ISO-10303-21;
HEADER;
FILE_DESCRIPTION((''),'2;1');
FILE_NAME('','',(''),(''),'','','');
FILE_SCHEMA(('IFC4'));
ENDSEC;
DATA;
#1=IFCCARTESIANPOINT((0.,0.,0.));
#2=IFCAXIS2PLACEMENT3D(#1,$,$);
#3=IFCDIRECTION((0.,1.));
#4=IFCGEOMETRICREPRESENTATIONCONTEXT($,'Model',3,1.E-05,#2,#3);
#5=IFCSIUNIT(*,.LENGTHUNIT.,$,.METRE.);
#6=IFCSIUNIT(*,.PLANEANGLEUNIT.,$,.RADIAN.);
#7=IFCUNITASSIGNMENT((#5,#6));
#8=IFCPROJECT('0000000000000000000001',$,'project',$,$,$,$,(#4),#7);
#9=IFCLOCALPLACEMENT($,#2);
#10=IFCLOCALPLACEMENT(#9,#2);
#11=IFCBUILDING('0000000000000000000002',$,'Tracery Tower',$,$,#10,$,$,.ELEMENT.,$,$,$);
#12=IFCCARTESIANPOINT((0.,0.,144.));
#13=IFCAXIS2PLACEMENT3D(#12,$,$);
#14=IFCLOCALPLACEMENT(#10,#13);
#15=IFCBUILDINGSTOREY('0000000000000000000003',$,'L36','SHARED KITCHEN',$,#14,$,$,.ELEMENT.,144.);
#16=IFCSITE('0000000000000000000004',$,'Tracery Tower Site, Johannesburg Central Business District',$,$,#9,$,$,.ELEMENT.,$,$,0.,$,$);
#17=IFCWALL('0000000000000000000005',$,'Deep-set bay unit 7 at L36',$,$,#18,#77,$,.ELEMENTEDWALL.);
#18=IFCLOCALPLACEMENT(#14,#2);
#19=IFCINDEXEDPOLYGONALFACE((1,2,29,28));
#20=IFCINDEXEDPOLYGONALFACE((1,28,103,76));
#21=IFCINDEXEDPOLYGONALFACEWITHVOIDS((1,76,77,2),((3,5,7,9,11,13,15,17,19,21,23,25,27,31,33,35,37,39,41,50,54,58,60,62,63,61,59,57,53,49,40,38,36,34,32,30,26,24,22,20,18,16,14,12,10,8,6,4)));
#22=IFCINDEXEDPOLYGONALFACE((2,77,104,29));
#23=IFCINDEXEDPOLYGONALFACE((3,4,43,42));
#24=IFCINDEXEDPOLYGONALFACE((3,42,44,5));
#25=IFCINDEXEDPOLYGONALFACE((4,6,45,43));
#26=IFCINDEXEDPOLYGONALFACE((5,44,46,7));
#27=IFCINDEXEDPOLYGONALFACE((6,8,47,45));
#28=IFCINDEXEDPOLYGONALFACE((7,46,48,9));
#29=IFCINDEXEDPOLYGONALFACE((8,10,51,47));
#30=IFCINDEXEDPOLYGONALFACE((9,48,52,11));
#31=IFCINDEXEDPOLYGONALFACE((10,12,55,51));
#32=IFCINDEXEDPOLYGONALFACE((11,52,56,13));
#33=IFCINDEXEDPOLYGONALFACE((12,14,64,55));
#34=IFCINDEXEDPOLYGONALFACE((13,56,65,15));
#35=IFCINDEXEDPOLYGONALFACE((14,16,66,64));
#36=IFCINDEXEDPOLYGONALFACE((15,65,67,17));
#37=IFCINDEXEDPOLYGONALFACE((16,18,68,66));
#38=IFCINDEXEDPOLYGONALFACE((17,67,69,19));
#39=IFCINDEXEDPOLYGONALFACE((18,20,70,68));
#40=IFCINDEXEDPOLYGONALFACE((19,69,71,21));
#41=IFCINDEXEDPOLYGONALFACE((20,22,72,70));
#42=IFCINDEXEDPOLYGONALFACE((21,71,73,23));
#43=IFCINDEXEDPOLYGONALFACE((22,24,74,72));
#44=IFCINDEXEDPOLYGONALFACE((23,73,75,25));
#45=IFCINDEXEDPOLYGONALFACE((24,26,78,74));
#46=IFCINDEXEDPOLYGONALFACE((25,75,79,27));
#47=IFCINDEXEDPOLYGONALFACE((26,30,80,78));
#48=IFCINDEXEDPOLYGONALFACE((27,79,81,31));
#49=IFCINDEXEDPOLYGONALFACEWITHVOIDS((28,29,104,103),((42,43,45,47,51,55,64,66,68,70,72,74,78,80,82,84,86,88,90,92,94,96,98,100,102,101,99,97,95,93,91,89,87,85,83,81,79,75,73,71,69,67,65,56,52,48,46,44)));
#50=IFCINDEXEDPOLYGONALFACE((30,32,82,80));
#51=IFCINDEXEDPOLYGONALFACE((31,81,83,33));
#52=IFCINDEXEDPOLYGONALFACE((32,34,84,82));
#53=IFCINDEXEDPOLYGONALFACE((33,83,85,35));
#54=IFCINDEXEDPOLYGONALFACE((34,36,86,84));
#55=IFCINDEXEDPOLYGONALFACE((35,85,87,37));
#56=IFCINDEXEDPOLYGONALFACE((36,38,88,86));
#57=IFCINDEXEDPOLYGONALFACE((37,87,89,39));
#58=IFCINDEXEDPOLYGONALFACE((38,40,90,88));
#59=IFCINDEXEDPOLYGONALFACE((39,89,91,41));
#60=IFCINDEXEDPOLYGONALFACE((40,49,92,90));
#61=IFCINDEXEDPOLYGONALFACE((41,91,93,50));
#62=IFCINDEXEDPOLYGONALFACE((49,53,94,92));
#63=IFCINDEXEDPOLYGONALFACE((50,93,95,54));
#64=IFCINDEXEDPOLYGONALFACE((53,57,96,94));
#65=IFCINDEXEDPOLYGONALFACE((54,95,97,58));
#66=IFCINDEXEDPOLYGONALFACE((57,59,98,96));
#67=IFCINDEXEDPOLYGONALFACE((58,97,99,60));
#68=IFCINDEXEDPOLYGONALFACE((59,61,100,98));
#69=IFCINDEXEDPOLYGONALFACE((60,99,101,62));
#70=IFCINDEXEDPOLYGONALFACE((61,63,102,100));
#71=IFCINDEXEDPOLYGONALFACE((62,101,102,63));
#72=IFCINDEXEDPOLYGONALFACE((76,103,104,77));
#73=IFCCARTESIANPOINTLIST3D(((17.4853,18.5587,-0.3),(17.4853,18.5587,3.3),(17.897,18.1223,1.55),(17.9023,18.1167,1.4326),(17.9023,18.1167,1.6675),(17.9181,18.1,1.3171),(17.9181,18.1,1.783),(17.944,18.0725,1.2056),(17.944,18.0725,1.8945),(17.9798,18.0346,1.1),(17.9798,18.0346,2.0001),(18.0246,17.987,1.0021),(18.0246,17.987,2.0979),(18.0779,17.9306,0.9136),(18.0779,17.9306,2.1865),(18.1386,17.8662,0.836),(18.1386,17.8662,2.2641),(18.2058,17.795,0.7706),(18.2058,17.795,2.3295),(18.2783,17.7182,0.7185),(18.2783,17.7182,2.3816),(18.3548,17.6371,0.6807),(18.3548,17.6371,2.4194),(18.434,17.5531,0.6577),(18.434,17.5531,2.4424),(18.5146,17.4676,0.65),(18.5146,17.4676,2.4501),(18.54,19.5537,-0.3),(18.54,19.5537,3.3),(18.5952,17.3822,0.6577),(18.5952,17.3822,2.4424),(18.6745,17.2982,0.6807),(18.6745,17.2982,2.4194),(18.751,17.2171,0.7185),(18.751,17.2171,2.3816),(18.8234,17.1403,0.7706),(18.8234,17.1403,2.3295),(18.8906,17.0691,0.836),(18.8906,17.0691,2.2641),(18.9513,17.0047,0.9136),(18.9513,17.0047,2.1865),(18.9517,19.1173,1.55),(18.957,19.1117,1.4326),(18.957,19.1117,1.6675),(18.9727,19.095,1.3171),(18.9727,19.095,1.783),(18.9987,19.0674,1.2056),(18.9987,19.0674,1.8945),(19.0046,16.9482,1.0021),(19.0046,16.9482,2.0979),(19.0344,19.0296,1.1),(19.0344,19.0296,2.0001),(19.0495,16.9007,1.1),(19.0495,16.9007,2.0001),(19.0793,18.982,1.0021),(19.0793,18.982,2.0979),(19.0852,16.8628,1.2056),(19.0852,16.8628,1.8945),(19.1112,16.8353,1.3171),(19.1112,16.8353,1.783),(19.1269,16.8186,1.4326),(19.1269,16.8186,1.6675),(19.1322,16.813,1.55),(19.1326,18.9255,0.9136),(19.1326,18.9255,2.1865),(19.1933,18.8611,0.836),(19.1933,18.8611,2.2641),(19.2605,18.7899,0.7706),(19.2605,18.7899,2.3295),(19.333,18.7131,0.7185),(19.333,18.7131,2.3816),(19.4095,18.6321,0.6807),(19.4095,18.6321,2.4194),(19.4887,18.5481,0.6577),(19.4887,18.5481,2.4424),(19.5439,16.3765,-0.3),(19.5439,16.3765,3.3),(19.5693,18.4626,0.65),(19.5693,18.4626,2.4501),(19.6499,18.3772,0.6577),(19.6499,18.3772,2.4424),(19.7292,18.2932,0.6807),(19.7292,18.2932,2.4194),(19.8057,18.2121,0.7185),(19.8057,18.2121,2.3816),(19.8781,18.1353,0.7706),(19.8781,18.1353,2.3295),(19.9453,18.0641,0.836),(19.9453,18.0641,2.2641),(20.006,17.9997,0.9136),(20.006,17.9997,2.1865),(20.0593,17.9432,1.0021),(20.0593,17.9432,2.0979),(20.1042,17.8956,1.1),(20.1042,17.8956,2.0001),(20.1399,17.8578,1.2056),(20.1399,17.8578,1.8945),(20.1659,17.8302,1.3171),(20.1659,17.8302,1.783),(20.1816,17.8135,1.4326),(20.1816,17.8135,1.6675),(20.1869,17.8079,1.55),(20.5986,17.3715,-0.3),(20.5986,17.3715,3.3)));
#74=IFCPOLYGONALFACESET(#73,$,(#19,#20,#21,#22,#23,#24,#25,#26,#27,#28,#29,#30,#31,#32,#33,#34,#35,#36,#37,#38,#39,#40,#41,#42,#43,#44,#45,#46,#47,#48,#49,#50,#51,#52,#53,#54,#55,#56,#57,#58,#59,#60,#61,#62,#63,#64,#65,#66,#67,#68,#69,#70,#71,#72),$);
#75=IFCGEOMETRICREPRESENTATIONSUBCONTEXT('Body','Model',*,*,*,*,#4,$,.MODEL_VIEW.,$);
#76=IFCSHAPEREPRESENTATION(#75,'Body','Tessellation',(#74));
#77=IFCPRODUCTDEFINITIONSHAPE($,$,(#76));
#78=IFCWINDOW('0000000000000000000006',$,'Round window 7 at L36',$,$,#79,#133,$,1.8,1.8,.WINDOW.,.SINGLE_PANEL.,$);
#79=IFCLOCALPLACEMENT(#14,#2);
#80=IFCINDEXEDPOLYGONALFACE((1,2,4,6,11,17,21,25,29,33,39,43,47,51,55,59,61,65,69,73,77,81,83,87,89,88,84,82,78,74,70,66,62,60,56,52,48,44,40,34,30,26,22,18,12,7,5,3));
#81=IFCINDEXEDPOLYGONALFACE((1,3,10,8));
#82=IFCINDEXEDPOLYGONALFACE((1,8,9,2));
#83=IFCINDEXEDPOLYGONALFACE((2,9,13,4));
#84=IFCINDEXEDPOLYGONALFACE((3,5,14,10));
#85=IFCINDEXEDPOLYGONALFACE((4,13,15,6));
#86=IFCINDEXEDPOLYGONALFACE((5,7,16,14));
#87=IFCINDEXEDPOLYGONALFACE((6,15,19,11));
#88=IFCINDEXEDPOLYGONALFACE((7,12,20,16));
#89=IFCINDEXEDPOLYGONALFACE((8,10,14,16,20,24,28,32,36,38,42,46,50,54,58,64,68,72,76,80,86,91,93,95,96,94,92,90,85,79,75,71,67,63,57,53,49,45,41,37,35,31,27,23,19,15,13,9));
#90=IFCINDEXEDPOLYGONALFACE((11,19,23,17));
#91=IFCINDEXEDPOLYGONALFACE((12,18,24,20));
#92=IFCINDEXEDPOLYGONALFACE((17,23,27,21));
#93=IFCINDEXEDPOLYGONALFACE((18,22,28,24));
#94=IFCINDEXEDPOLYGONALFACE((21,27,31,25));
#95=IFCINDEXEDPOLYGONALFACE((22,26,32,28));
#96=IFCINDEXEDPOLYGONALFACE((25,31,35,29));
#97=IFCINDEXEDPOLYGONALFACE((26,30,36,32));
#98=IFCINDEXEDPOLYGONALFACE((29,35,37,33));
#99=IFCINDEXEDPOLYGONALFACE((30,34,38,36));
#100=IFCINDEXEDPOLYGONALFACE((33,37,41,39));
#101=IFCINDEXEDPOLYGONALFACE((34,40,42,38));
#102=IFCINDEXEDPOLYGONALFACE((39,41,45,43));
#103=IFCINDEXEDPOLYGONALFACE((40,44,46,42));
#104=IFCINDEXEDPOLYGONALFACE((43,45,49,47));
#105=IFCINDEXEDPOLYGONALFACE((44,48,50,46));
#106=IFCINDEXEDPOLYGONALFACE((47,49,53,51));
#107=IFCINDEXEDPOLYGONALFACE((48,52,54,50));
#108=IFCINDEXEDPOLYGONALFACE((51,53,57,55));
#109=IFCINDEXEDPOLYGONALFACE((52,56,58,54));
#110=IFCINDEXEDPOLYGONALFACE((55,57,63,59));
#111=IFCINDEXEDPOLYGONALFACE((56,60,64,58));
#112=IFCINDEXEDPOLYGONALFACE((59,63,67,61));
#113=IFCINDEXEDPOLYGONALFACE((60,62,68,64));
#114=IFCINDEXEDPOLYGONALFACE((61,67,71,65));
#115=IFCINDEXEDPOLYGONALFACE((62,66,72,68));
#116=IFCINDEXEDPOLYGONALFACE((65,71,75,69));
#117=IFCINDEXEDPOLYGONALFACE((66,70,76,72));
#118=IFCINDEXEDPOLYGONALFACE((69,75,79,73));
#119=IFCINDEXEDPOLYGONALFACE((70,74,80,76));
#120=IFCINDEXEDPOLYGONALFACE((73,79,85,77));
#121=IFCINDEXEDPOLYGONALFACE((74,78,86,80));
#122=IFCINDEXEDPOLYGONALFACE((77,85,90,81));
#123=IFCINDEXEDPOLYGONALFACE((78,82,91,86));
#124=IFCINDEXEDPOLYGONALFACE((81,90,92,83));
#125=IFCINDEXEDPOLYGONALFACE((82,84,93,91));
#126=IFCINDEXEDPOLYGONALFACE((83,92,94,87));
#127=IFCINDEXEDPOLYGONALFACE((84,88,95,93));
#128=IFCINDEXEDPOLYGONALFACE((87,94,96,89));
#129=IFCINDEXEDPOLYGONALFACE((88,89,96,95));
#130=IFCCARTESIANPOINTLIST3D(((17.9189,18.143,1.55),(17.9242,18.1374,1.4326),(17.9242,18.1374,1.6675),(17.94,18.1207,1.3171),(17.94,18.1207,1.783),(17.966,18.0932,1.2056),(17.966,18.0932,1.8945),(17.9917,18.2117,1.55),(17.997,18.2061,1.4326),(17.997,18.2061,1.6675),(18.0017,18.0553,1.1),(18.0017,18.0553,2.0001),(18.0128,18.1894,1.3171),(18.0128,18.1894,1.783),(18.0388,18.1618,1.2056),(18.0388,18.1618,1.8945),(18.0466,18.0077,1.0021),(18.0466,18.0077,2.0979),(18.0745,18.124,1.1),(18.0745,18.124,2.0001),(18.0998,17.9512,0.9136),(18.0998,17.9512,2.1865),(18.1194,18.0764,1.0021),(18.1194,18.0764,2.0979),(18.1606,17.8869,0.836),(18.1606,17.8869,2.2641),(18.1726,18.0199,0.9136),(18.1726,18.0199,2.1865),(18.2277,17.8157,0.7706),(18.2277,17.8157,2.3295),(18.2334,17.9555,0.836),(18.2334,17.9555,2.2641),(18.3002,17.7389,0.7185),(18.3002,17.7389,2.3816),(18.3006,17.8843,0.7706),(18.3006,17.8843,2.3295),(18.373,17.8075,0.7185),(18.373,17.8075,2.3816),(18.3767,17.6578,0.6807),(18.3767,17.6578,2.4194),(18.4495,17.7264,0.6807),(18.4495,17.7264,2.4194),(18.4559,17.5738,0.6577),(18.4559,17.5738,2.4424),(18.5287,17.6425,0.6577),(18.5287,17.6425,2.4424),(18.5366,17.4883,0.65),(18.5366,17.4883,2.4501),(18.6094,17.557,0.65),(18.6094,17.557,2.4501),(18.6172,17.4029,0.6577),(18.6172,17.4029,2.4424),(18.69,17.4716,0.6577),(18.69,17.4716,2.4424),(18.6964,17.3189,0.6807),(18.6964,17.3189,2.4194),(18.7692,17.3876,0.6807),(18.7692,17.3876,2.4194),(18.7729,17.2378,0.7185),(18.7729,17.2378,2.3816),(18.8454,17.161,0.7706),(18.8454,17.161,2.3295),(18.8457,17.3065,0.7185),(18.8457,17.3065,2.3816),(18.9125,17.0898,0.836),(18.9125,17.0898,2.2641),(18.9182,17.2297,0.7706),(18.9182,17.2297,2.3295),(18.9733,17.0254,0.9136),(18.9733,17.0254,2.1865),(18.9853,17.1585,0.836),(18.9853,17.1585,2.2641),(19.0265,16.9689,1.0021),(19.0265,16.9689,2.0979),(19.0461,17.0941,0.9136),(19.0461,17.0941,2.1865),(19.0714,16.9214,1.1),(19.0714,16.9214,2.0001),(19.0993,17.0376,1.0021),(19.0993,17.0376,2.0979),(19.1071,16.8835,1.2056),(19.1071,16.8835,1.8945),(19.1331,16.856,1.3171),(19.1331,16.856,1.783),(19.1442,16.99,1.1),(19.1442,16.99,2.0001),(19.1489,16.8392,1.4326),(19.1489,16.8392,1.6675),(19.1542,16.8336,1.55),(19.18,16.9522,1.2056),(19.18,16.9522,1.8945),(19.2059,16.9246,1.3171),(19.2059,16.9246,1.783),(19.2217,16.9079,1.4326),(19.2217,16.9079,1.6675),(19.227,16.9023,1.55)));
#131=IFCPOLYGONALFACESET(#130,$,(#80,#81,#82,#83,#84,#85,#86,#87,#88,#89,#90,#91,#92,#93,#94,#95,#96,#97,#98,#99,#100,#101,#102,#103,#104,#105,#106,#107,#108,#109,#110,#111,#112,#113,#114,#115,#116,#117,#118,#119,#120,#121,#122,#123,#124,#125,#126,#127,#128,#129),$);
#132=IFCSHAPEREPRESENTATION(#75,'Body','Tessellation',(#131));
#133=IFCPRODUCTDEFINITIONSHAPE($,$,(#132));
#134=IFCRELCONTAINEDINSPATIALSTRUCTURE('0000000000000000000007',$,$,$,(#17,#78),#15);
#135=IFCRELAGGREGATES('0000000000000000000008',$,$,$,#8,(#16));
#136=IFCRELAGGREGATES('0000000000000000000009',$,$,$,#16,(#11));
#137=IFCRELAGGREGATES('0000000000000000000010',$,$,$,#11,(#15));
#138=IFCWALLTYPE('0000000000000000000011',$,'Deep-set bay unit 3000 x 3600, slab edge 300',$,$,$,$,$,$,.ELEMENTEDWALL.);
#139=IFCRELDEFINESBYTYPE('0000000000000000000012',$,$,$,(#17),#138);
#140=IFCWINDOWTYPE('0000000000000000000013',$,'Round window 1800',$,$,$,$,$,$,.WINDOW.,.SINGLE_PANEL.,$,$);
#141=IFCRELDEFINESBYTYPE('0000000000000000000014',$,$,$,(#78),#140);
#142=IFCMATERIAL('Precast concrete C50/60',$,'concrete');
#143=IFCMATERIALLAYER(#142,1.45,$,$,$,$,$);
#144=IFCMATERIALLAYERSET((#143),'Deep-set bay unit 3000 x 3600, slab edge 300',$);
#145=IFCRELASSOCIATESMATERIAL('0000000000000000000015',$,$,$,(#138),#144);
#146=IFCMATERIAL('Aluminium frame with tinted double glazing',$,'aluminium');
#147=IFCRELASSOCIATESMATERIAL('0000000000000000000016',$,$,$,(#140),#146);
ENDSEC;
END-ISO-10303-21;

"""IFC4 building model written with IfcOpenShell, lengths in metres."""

from ifc_helpers import new_model, si_unit, direction, frame, frame_2d, origin, origin_2d, place, context, subcontext, project, spatial, rectangle, circle, extrude, material, layer, layer_set, type_object, element, fill, save


model = new_model("IFC4")

# Units and contexts
model_context = context("Model", 3, precision=1e-05, world=origin(), true_north=direction((0.0, 1.0)))
body_context = subcontext(model_context, "Body", "Model", "MODEL_VIEW")
ifc_project = project(units=[si_unit("LENGTHUNIT", "METRE"), si_unit("PLANEANGLEUNIT", "RADIAN")], contexts=[model_context])

# Site, building, storey
site_placement = place(None, origin())
site = spatial("IfcSite", under=ifc_project, at=site_placement, Name="Tracery Tower Site, Johannesburg Central Business District", CompositionType="ELEMENT", RefElevation=0.0)
building_placement = place(site_placement, origin())
building = spatial("IfcBuilding", under=site, at=building_placement, Name="Tracery Tower", CompositionType="ELEMENT")
storey_placement = place(building_placement, frame((0.0, 0.0, 144.0)))
storey = spatial("IfcBuildingStorey", under=building, at=storey_placement, Name="L36", Description="SHARED KITCHEN", CompositionType="ELEMENT", Elevation=144.0)

# Wall, opening, window
ifc_material_1 = material(Name="Precast concrete C50/60", Category="concrete")
ifc_layer_1 = layer(ifc_material_1, 1.45)
ifc_layer_set_1 = layer_set([ifc_layer_1], Name="Deep-set bay unit 3000 x 3600, slab edge 300")
wall_type_1 = type_object("IfcWallType", Name="Deep-set bay unit 3000 x 3600, slab edge 300", PredefinedType="ELEMENTEDWALL", material=ifc_layer_set_1)
wall_1_placement = place(storey_placement, frame((20.0713, 16.874, -0.3), z_axis=(0.0, 0.0, 1.0), x_axis=(-0.686217, 0.727397, 0.0)))
wall_1 = element("IfcWall", 1, at=wall_1_placement, inside=storey, type_object=wall_type_1, Name="Deep-set bay unit 7 at L36", PredefinedType="ELEMENTEDWALL", context=body_context, shape_type="SweptSolid", body=[
    extrude(rectangle(XDim=3.0, YDim=1.45, at=frame_2d((1.5, 0.0))), origin(), (0.0, 0.0, 1.0), 3.6001),
])
opening_1_placement = place(wall_1_placement, frame((1.5, 0.0, 1.8501)))
opening_1 = element("IfcOpeningElement", 2, at=opening_1_placement, cuts=wall_1, PredefinedType="OPENING", context=body_context, shape_type="SweptSolid", body=[
    extrude(circle(Radius=0.9, at=origin_2d()), frame((0.0, 0.7349, 0.0), z_axis=(0.0, -1.0, 0.0), x_axis=(1.0, 0.0, 0.0)), (0.0, 0.0, 1.0), 1.47),
])
ifc_material_2 = material(Name="Aluminium frame with tinted double glazing", Category="aluminium")
window_type = type_object("IfcWindowType", Name="Round window 1800", PartitioningType="SINGLE_PANEL", PredefinedType="WINDOW", material=ifc_material_2)
window_1_placement = place(opening_1_placement, origin())
window_1 = element("IfcWindow", 3, at=window_1_placement, inside=storey, type_object=window_type, Name="Round window 7 at L36", OverallHeight=1.8, OverallWidth=1.8, PartitioningType="SINGLE_PANEL", PredefinedType="WINDOW", context=body_context, shape_type="SweptSolid", body=[
    extrude(circle(Radius=0.9, at=origin_2d()), frame((0.0, 0.6948, 0.0), z_axis=(0.0, -1.0, 0.0), x_axis=(1.0, 0.0, 0.0)), (0.0, 0.0, 1.0), 0.1001),
])
fill(opening_1, window_1)

save(model, "model.ifc")
